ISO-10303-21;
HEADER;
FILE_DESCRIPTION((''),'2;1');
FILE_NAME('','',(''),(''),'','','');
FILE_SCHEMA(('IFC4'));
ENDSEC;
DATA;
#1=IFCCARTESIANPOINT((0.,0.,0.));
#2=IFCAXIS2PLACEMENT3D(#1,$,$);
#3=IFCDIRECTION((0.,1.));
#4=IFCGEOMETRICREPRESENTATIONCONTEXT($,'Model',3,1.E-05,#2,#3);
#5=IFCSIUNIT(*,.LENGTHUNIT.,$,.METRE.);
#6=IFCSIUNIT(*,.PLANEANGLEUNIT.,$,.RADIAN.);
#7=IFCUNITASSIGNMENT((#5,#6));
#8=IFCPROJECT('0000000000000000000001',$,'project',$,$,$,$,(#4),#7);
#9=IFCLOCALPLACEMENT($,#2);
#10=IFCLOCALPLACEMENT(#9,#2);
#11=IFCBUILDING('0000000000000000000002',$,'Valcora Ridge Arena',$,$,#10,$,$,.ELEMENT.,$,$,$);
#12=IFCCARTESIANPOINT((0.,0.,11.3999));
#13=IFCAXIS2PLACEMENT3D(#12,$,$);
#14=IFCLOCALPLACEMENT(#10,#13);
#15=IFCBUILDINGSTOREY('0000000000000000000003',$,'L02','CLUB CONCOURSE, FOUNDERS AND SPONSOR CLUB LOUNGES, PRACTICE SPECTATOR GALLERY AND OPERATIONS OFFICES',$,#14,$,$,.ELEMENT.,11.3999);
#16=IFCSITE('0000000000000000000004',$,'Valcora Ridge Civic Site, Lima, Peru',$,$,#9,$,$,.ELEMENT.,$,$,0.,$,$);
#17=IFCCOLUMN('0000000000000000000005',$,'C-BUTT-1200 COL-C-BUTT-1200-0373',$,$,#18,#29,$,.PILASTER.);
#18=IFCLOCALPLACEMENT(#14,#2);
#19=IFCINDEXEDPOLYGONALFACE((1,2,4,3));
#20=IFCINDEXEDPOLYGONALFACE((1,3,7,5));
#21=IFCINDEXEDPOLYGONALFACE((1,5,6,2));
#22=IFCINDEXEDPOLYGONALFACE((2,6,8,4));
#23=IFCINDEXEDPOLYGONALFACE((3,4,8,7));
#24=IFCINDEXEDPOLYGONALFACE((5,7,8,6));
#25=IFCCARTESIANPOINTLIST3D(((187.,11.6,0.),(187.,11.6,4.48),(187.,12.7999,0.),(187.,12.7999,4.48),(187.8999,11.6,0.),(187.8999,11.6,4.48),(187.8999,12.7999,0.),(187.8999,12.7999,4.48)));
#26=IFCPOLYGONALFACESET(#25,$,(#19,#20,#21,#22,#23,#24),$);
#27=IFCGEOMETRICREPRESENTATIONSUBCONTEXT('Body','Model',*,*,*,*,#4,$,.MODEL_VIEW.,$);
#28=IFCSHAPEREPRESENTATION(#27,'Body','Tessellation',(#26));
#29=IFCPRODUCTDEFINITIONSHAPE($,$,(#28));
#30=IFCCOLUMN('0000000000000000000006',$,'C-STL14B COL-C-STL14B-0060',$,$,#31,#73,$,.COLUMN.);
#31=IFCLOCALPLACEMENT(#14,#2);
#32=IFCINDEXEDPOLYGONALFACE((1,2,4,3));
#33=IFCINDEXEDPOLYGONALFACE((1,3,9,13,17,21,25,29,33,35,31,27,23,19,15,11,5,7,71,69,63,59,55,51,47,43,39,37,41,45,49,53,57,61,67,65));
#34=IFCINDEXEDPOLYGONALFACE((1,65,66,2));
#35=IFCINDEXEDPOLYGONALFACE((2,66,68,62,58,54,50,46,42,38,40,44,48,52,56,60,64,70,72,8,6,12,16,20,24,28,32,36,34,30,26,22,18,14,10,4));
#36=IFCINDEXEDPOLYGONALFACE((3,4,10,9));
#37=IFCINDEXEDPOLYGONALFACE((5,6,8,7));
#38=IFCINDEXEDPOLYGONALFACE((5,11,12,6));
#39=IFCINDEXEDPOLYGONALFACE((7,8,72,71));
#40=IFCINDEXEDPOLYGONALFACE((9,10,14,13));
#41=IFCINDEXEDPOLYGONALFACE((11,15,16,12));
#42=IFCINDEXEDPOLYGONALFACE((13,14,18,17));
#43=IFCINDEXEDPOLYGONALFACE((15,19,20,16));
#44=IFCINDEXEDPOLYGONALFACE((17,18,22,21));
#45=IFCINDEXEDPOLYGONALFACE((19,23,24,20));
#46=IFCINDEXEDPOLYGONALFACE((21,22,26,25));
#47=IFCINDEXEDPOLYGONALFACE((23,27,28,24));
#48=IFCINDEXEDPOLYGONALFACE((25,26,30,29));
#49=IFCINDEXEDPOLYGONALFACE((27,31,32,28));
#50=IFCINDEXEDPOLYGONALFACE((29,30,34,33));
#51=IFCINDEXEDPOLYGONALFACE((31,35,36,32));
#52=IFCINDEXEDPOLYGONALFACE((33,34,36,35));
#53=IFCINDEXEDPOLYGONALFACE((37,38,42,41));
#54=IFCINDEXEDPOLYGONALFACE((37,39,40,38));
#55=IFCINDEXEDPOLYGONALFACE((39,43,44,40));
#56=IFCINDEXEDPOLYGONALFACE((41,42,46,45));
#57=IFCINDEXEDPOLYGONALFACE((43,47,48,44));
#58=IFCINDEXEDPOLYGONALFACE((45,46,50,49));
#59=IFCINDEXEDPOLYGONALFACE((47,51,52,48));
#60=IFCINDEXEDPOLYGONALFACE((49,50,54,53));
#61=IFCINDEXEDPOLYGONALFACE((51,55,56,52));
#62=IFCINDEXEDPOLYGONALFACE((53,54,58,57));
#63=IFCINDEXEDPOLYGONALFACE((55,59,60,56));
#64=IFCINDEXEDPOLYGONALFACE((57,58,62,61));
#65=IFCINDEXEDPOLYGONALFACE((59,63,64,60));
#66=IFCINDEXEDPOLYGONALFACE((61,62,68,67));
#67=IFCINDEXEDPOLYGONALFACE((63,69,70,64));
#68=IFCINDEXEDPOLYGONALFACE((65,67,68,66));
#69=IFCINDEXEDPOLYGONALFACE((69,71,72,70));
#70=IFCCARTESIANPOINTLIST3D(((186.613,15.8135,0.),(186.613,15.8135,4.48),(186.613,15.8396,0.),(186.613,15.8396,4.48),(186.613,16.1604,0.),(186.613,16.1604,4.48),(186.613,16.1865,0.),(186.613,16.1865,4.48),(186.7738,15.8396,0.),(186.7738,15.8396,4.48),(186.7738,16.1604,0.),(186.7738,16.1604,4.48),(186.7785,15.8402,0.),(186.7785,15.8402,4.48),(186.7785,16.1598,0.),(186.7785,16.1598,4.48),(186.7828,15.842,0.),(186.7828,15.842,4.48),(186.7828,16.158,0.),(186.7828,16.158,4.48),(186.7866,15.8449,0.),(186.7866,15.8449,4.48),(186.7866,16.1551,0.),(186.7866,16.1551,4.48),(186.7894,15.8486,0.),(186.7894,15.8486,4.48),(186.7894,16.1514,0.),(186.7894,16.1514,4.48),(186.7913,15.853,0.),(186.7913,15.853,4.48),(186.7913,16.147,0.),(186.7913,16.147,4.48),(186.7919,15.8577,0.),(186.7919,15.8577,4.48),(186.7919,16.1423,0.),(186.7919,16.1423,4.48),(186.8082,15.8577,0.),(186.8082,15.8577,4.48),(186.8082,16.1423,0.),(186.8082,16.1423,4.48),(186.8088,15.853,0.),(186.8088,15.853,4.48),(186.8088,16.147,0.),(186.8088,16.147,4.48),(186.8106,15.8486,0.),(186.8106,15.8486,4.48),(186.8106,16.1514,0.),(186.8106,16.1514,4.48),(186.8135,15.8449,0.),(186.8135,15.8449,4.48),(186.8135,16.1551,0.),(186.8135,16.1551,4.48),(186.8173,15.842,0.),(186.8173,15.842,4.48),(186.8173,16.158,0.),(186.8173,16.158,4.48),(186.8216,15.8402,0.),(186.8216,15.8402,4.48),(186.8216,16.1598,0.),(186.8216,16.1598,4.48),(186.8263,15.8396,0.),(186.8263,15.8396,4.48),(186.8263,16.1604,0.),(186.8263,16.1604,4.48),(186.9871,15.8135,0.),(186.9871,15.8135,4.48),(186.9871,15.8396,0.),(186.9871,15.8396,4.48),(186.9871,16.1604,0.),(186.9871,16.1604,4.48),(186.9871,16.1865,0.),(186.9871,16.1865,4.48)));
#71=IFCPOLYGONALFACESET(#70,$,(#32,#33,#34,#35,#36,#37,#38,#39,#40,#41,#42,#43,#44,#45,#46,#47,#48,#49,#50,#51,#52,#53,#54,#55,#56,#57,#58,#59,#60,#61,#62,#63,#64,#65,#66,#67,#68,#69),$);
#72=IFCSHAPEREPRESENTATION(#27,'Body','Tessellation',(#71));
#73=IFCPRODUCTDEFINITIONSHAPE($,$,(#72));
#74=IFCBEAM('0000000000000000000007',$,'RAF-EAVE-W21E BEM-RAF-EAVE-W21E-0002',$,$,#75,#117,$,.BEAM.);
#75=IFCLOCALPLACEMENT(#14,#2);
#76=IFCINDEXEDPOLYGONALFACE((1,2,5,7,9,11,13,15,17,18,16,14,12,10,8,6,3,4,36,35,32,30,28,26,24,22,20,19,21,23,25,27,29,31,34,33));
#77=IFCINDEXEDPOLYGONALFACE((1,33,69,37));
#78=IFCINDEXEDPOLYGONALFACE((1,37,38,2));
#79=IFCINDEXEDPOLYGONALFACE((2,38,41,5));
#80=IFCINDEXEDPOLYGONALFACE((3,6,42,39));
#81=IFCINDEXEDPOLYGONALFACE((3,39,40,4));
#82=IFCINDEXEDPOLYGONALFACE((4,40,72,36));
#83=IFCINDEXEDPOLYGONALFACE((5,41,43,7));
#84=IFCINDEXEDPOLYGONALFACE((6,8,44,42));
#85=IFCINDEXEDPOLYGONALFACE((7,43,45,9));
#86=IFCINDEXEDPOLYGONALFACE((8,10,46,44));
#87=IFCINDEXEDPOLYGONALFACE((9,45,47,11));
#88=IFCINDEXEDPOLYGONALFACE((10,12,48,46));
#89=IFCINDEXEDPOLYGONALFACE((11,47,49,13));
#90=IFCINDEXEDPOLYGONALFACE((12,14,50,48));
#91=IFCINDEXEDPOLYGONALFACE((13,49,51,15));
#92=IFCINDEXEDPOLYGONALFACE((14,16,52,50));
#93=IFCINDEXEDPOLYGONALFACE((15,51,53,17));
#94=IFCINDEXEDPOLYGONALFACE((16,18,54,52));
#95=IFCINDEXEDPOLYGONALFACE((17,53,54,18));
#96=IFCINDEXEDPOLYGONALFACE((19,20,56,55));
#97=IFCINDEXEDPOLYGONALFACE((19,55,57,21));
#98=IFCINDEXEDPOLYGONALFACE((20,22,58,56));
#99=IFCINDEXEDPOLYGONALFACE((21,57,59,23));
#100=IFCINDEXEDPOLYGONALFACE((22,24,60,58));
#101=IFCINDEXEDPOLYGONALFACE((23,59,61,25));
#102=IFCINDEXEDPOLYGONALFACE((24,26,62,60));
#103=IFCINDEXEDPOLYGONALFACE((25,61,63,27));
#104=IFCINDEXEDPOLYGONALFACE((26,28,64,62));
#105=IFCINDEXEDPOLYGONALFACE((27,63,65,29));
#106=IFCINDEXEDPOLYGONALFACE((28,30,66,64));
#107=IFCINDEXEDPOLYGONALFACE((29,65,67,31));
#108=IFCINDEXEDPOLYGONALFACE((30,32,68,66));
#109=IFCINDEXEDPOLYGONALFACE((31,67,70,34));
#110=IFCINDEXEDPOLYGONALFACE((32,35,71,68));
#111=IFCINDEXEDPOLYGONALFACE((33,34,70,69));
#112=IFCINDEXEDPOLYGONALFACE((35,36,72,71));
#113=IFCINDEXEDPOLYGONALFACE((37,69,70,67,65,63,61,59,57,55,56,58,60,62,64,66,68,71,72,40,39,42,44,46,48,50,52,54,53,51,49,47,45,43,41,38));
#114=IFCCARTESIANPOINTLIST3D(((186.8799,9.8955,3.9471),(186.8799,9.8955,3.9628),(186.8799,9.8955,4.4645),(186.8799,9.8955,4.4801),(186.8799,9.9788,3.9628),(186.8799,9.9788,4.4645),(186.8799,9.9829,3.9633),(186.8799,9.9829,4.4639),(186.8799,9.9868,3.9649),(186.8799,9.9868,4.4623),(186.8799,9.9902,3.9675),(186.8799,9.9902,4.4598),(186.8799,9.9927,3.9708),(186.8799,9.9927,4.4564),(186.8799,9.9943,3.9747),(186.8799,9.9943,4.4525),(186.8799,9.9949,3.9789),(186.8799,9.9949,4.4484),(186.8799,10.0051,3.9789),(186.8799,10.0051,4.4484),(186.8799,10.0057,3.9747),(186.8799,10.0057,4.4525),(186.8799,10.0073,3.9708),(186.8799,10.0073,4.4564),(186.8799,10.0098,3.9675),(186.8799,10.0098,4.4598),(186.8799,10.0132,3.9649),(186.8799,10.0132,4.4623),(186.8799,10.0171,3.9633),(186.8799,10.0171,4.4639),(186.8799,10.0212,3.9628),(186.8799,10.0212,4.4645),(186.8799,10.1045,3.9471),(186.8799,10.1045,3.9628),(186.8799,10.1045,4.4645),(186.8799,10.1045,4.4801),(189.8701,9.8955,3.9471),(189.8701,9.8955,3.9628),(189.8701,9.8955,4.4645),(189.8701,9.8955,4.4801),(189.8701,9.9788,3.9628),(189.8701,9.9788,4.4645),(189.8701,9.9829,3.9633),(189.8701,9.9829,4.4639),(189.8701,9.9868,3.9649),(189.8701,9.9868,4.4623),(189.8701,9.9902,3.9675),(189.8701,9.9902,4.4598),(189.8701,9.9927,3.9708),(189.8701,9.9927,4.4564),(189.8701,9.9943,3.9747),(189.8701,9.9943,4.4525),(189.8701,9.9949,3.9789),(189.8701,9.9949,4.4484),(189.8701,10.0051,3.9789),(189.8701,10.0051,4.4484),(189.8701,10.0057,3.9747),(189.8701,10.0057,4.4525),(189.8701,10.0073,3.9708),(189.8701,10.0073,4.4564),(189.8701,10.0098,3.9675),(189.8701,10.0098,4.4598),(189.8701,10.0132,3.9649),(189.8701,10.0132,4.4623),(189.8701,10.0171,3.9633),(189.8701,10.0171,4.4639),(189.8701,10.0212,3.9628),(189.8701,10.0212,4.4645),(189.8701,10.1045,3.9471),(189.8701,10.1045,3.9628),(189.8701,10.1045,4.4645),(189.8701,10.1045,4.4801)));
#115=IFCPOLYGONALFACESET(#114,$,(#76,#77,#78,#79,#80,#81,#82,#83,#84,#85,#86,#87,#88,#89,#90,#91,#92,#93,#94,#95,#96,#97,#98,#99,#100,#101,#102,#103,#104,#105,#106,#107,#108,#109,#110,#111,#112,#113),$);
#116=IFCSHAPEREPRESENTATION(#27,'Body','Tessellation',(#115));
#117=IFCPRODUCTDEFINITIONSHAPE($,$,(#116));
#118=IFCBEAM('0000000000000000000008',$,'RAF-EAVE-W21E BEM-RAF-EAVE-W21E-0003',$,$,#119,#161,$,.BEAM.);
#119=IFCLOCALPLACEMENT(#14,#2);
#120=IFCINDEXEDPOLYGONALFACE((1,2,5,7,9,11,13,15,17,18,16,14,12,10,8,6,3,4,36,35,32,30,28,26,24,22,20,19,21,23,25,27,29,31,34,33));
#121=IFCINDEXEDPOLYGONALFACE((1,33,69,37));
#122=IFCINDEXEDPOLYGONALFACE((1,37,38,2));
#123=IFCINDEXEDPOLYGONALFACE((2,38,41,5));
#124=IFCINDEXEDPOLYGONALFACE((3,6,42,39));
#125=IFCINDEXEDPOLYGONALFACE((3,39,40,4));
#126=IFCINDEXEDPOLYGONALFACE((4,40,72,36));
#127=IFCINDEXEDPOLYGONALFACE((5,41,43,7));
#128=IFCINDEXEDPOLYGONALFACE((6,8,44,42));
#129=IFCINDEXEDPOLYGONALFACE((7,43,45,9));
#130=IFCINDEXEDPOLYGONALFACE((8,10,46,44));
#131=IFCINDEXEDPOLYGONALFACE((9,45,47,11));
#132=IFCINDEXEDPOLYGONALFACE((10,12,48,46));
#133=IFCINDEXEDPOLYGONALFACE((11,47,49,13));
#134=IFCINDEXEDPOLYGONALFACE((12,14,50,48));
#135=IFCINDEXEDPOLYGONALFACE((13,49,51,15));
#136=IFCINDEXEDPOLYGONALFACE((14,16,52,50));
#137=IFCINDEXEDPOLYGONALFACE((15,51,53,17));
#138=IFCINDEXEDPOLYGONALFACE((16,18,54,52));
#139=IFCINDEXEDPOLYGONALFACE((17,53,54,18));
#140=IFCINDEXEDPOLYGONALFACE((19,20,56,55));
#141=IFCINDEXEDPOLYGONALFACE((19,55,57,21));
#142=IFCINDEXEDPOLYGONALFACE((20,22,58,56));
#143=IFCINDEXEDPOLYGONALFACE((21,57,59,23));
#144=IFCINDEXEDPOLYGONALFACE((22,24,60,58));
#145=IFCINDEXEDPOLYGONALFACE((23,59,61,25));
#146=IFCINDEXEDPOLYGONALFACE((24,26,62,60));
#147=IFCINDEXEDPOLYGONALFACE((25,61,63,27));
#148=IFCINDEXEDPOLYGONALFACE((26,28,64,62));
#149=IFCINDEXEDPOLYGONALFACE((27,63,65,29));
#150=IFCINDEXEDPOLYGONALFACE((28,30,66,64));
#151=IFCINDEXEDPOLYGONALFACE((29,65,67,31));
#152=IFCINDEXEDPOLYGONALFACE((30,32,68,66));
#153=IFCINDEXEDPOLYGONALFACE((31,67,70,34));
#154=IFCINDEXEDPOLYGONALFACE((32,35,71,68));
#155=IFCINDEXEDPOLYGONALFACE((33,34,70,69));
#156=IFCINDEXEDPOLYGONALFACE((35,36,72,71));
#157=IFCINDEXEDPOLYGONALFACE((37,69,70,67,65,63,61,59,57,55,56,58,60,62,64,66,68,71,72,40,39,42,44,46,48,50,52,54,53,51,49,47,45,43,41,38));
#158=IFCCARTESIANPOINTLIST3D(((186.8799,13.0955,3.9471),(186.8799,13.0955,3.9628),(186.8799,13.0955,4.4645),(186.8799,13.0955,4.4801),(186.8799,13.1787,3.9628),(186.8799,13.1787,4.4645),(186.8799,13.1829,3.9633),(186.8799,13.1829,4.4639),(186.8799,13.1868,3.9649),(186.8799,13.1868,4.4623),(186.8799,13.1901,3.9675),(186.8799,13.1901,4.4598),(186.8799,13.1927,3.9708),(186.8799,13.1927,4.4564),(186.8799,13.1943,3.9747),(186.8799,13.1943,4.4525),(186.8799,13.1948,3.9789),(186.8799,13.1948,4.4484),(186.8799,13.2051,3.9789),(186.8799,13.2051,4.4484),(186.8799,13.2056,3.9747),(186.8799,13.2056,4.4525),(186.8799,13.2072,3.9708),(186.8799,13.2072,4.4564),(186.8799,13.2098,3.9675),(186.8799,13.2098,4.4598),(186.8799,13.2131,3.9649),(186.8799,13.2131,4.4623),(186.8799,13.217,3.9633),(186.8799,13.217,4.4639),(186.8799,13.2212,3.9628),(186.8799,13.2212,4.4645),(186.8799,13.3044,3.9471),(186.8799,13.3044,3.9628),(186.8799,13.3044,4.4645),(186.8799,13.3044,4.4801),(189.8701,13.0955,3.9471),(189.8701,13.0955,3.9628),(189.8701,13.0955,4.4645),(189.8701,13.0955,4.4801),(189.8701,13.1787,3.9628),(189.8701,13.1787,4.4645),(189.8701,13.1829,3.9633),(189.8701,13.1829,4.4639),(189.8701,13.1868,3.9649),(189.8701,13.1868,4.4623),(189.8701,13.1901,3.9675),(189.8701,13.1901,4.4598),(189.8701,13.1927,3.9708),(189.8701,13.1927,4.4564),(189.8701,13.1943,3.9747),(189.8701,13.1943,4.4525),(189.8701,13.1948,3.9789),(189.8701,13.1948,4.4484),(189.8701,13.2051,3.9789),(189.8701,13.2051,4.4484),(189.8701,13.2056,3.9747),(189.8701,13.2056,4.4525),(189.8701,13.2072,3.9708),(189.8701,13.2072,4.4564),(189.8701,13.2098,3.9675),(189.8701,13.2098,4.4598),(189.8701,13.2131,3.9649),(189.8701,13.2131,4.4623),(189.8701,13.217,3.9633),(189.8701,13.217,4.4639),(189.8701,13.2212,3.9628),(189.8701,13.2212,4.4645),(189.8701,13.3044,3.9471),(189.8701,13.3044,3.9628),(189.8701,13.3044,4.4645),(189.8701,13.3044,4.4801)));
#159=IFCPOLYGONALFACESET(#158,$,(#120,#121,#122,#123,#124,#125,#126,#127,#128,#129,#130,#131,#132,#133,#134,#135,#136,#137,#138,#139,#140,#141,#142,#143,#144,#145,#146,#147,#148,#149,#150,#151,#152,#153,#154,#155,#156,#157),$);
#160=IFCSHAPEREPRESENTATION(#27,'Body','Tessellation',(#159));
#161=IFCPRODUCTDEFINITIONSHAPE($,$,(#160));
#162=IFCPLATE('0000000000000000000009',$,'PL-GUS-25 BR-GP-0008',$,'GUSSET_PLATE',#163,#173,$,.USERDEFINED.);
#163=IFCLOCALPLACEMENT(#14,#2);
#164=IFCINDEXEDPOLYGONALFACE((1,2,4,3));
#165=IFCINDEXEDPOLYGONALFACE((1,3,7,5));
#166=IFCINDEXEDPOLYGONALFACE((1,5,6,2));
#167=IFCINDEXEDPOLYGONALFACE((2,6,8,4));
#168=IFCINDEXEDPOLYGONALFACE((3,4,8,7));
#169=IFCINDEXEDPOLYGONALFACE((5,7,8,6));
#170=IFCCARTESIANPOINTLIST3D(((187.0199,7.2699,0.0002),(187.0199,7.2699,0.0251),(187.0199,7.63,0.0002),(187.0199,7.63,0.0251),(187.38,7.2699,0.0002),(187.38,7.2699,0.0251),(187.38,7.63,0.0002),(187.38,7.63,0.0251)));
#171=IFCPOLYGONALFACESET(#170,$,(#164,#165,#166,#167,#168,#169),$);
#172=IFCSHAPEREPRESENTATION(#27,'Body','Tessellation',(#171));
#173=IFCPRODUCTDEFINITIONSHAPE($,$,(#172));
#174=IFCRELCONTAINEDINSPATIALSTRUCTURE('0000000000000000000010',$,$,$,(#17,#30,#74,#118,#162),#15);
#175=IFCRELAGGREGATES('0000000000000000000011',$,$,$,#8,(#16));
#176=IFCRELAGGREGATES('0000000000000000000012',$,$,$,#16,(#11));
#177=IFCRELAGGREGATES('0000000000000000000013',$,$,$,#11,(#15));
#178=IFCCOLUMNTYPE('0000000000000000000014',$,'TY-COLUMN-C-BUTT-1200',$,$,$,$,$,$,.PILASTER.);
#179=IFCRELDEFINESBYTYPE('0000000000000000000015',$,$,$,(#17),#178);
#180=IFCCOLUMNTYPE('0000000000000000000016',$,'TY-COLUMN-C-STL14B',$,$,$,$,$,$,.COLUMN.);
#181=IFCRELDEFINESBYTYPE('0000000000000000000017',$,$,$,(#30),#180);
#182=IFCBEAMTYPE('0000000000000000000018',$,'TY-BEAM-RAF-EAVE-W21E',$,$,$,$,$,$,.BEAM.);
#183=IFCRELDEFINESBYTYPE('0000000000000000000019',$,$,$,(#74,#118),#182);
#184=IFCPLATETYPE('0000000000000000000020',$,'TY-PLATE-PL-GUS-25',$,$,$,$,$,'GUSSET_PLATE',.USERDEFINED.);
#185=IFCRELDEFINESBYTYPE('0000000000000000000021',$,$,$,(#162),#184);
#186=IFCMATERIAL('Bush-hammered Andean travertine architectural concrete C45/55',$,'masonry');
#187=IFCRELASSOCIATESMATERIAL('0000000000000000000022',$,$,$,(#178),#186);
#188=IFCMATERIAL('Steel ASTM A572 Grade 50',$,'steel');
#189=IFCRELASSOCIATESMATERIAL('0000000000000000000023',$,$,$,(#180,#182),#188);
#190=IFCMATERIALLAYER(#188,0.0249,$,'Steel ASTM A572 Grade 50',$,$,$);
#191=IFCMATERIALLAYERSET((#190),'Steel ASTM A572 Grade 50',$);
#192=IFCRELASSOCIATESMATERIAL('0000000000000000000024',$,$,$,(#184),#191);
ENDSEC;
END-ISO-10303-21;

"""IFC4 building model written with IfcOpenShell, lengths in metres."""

from ifc_helpers import new_model, si_unit, direction, frame, origin, origin_2d, place, context, subcontext, project, spatial, rectangle, i_section, extrude, material, layer, layer_set, material_profile, profile_set, type_object, element, save


model = new_model("IFC4")

# Units and contexts
model_context = context("Model", 3, precision=1e-05, world=origin(), true_north=direction((0.0, 1.0)))
body_context = subcontext(model_context, "Body", "Model", "MODEL_VIEW")
ifc_project = project(units=[si_unit("LENGTHUNIT", "METRE"), si_unit("PLANEANGLEUNIT", "RADIAN")], contexts=[model_context])

# Site, building, storey
site_placement = place(None, origin())
site = spatial("IfcSite", under=ifc_project, at=site_placement, Name="Valcora Ridge Civic Site, Lima, Peru", CompositionType="ELEMENT", RefElevation=0.0)
building_placement = place(site_placement, origin())
building = spatial("IfcBuilding", under=site, at=building_placement, Name="Valcora Ridge Arena", CompositionType="ELEMENT")
storey_placement = place(building_placement, frame((0.0, 0.0, 11.3999)))
storey = spatial("IfcBuildingStorey", under=building, at=storey_placement, Name="L02", Description="CLUB CONCOURSE, FOUNDERS AND SPONSOR CLUB LOUNGES, PRACTICE SPECTATOR GALLERY AND OPERATIONS OFFICES", CompositionType="ELEMENT", Elevation=11.3999)

# Columns
ifc_material_1 = material(Name="Bush-hammered Andean travertine architectural concrete C45/55", Category="masonry")
ifc_material_profile_1 = material_profile(ifc_material_1, rectangle(XDim=0.8999, YDim=1.2, at=origin_2d()), Name="RC 900x1200")
ifc_profile_set_1 = profile_set([ifc_material_profile_1], Name="Bush-hammered Andean travertine architectural concrete C45/55")
column_type_1 = type_object("IfcColumnType", Name="TY-COLUMN-C-BUTT-1200", PredefinedType="PILASTER", material=ifc_profile_set_1)
column_1_placement = place(storey_placement, frame((187.45, 12.2, 0.0), z_axis=(0.0, 0.0, 1.0), x_axis=(1.0, 0.0, 0.0)))
element("IfcColumn", 1, at=column_1_placement, inside=storey, type_object=column_type_1, Name="C-BUTT-1200 COL-C-BUTT-1200-0373", PredefinedType="PILASTER", context=body_context, shape_type="SweptSolid", body=[
    extrude(rectangle(XDim=0.8999, YDim=1.2, at=origin_2d()), origin(), (0.0, 0.0, 1.0), 4.48),
])
ifc_material_2 = material(Name="Steel ASTM A572 Grade 50", Category="steel")
ifc_material_profile_2 = material_profile(ifc_material_2, i_section(OverallWidth=0.374, OverallDepth=0.373, WebThickness=0.0164, FlangeThickness=0.0261, FilletRadius=0.0181, at=origin_2d()), Name="W14X132")
ifc_profile_set_2 = profile_set([ifc_material_profile_2], Name="Steel ASTM A572 Grade 50")
column_type_2 = type_object("IfcColumnType", Name="TY-COLUMN-C-STL14B", PredefinedType="COLUMN", material=ifc_profile_set_2)
column_2_placement = place(storey_placement, frame((186.8, 16.0, 0.0), z_axis=(0.0, 0.0, 1.0), x_axis=(1.0, 0.0, 0.0)))
element("IfcColumn", 2, at=column_2_placement, inside=storey, type_object=column_type_2, Name="C-STL14B COL-C-STL14B-0060", PredefinedType="COLUMN", context=body_context, shape_type="SweptSolid", body=[
    extrude(i_section(OverallWidth=0.374, OverallDepth=0.373, WebThickness=0.0164, FlangeThickness=0.0261, FilletRadius=0.0181, at=origin_2d()), origin(), (0.0, 0.0, 1.0), 4.48),
])

# Beams
ifc_material_profile_3 = material_profile(ifc_material_2, i_section(OverallWidth=0.209, OverallDepth=0.533, WebThickness=0.0103, FlangeThickness=0.0156, FilletRadius=0.0161, at=origin_2d()), Name="W21X62")
ifc_profile_set_3 = profile_set([ifc_material_profile_3], Name="Steel ASTM A572 Grade 50")
beam_type = type_object("IfcBeamType", Name="TY-BEAM-RAF-EAVE-W21E", PredefinedType="BEAM", material=ifc_profile_set_3)
for number, where, z_axis, x_axis, name in (
    (3, (186.8799, 10.0, 4.2136), (1.0, 0.0, 0.0), (0.0, 1.0, 0.0), "RAF-EAVE-W21E BEM-RAF-EAVE-W21E-0002"),
    (4, (186.8799, 13.2, 4.2136), (1.0, 0.0, 0.0), (0.0, 1.0, 0.0), "RAF-EAVE-W21E BEM-RAF-EAVE-W21E-0003"),
):
    element("IfcBeam", number, at=place(storey_placement, frame(where, z_axis=z_axis, x_axis=x_axis)), inside=storey, type_object=beam_type, Name=name, PredefinedType="BEAM", context=body_context, shape_type="SweptSolid", body=[
        extrude(i_section(OverallWidth=0.209, OverallDepth=0.533, WebThickness=0.0103, FlangeThickness=0.0156, FilletRadius=0.0161, at=origin_2d()), origin(), (0.0, 0.0, 1.0), 2.9902),
    ])

# Plate
ifc_layer_1 = layer(ifc_material_2, 0.0249, Name="Steel ASTM A572 Grade 50")
ifc_layer_set_1 = layer_set([ifc_layer_1], Name="Steel ASTM A572 Grade 50")
plate_type = type_object("IfcPlateType", Name="TY-PLATE-PL-GUS-25", ElementType="GUSSET_PLATE", PredefinedType="USERDEFINED", material=ifc_layer_set_1)
plate_placement = place(storey_placement, frame((187.2, 7.45, 0.0002), z_axis=(0.0, 0.0, 1.0), x_axis=(1.0, 0.0, 0.0)))
element("IfcPlate", 5, at=plate_placement, inside=storey, type_object=plate_type, Name="PL-GUS-25 BR-GP-0008", ObjectType="GUSSET_PLATE", PredefinedType="USERDEFINED", context=body_context, shape_type="SweptSolid", body=[
    extrude(rectangle(XDim=0.3601, YDim=0.3601, at=origin_2d()), origin(), (0.0, 0.0, 1.0), 0.0249),
])

save(model, "model.ifc")
